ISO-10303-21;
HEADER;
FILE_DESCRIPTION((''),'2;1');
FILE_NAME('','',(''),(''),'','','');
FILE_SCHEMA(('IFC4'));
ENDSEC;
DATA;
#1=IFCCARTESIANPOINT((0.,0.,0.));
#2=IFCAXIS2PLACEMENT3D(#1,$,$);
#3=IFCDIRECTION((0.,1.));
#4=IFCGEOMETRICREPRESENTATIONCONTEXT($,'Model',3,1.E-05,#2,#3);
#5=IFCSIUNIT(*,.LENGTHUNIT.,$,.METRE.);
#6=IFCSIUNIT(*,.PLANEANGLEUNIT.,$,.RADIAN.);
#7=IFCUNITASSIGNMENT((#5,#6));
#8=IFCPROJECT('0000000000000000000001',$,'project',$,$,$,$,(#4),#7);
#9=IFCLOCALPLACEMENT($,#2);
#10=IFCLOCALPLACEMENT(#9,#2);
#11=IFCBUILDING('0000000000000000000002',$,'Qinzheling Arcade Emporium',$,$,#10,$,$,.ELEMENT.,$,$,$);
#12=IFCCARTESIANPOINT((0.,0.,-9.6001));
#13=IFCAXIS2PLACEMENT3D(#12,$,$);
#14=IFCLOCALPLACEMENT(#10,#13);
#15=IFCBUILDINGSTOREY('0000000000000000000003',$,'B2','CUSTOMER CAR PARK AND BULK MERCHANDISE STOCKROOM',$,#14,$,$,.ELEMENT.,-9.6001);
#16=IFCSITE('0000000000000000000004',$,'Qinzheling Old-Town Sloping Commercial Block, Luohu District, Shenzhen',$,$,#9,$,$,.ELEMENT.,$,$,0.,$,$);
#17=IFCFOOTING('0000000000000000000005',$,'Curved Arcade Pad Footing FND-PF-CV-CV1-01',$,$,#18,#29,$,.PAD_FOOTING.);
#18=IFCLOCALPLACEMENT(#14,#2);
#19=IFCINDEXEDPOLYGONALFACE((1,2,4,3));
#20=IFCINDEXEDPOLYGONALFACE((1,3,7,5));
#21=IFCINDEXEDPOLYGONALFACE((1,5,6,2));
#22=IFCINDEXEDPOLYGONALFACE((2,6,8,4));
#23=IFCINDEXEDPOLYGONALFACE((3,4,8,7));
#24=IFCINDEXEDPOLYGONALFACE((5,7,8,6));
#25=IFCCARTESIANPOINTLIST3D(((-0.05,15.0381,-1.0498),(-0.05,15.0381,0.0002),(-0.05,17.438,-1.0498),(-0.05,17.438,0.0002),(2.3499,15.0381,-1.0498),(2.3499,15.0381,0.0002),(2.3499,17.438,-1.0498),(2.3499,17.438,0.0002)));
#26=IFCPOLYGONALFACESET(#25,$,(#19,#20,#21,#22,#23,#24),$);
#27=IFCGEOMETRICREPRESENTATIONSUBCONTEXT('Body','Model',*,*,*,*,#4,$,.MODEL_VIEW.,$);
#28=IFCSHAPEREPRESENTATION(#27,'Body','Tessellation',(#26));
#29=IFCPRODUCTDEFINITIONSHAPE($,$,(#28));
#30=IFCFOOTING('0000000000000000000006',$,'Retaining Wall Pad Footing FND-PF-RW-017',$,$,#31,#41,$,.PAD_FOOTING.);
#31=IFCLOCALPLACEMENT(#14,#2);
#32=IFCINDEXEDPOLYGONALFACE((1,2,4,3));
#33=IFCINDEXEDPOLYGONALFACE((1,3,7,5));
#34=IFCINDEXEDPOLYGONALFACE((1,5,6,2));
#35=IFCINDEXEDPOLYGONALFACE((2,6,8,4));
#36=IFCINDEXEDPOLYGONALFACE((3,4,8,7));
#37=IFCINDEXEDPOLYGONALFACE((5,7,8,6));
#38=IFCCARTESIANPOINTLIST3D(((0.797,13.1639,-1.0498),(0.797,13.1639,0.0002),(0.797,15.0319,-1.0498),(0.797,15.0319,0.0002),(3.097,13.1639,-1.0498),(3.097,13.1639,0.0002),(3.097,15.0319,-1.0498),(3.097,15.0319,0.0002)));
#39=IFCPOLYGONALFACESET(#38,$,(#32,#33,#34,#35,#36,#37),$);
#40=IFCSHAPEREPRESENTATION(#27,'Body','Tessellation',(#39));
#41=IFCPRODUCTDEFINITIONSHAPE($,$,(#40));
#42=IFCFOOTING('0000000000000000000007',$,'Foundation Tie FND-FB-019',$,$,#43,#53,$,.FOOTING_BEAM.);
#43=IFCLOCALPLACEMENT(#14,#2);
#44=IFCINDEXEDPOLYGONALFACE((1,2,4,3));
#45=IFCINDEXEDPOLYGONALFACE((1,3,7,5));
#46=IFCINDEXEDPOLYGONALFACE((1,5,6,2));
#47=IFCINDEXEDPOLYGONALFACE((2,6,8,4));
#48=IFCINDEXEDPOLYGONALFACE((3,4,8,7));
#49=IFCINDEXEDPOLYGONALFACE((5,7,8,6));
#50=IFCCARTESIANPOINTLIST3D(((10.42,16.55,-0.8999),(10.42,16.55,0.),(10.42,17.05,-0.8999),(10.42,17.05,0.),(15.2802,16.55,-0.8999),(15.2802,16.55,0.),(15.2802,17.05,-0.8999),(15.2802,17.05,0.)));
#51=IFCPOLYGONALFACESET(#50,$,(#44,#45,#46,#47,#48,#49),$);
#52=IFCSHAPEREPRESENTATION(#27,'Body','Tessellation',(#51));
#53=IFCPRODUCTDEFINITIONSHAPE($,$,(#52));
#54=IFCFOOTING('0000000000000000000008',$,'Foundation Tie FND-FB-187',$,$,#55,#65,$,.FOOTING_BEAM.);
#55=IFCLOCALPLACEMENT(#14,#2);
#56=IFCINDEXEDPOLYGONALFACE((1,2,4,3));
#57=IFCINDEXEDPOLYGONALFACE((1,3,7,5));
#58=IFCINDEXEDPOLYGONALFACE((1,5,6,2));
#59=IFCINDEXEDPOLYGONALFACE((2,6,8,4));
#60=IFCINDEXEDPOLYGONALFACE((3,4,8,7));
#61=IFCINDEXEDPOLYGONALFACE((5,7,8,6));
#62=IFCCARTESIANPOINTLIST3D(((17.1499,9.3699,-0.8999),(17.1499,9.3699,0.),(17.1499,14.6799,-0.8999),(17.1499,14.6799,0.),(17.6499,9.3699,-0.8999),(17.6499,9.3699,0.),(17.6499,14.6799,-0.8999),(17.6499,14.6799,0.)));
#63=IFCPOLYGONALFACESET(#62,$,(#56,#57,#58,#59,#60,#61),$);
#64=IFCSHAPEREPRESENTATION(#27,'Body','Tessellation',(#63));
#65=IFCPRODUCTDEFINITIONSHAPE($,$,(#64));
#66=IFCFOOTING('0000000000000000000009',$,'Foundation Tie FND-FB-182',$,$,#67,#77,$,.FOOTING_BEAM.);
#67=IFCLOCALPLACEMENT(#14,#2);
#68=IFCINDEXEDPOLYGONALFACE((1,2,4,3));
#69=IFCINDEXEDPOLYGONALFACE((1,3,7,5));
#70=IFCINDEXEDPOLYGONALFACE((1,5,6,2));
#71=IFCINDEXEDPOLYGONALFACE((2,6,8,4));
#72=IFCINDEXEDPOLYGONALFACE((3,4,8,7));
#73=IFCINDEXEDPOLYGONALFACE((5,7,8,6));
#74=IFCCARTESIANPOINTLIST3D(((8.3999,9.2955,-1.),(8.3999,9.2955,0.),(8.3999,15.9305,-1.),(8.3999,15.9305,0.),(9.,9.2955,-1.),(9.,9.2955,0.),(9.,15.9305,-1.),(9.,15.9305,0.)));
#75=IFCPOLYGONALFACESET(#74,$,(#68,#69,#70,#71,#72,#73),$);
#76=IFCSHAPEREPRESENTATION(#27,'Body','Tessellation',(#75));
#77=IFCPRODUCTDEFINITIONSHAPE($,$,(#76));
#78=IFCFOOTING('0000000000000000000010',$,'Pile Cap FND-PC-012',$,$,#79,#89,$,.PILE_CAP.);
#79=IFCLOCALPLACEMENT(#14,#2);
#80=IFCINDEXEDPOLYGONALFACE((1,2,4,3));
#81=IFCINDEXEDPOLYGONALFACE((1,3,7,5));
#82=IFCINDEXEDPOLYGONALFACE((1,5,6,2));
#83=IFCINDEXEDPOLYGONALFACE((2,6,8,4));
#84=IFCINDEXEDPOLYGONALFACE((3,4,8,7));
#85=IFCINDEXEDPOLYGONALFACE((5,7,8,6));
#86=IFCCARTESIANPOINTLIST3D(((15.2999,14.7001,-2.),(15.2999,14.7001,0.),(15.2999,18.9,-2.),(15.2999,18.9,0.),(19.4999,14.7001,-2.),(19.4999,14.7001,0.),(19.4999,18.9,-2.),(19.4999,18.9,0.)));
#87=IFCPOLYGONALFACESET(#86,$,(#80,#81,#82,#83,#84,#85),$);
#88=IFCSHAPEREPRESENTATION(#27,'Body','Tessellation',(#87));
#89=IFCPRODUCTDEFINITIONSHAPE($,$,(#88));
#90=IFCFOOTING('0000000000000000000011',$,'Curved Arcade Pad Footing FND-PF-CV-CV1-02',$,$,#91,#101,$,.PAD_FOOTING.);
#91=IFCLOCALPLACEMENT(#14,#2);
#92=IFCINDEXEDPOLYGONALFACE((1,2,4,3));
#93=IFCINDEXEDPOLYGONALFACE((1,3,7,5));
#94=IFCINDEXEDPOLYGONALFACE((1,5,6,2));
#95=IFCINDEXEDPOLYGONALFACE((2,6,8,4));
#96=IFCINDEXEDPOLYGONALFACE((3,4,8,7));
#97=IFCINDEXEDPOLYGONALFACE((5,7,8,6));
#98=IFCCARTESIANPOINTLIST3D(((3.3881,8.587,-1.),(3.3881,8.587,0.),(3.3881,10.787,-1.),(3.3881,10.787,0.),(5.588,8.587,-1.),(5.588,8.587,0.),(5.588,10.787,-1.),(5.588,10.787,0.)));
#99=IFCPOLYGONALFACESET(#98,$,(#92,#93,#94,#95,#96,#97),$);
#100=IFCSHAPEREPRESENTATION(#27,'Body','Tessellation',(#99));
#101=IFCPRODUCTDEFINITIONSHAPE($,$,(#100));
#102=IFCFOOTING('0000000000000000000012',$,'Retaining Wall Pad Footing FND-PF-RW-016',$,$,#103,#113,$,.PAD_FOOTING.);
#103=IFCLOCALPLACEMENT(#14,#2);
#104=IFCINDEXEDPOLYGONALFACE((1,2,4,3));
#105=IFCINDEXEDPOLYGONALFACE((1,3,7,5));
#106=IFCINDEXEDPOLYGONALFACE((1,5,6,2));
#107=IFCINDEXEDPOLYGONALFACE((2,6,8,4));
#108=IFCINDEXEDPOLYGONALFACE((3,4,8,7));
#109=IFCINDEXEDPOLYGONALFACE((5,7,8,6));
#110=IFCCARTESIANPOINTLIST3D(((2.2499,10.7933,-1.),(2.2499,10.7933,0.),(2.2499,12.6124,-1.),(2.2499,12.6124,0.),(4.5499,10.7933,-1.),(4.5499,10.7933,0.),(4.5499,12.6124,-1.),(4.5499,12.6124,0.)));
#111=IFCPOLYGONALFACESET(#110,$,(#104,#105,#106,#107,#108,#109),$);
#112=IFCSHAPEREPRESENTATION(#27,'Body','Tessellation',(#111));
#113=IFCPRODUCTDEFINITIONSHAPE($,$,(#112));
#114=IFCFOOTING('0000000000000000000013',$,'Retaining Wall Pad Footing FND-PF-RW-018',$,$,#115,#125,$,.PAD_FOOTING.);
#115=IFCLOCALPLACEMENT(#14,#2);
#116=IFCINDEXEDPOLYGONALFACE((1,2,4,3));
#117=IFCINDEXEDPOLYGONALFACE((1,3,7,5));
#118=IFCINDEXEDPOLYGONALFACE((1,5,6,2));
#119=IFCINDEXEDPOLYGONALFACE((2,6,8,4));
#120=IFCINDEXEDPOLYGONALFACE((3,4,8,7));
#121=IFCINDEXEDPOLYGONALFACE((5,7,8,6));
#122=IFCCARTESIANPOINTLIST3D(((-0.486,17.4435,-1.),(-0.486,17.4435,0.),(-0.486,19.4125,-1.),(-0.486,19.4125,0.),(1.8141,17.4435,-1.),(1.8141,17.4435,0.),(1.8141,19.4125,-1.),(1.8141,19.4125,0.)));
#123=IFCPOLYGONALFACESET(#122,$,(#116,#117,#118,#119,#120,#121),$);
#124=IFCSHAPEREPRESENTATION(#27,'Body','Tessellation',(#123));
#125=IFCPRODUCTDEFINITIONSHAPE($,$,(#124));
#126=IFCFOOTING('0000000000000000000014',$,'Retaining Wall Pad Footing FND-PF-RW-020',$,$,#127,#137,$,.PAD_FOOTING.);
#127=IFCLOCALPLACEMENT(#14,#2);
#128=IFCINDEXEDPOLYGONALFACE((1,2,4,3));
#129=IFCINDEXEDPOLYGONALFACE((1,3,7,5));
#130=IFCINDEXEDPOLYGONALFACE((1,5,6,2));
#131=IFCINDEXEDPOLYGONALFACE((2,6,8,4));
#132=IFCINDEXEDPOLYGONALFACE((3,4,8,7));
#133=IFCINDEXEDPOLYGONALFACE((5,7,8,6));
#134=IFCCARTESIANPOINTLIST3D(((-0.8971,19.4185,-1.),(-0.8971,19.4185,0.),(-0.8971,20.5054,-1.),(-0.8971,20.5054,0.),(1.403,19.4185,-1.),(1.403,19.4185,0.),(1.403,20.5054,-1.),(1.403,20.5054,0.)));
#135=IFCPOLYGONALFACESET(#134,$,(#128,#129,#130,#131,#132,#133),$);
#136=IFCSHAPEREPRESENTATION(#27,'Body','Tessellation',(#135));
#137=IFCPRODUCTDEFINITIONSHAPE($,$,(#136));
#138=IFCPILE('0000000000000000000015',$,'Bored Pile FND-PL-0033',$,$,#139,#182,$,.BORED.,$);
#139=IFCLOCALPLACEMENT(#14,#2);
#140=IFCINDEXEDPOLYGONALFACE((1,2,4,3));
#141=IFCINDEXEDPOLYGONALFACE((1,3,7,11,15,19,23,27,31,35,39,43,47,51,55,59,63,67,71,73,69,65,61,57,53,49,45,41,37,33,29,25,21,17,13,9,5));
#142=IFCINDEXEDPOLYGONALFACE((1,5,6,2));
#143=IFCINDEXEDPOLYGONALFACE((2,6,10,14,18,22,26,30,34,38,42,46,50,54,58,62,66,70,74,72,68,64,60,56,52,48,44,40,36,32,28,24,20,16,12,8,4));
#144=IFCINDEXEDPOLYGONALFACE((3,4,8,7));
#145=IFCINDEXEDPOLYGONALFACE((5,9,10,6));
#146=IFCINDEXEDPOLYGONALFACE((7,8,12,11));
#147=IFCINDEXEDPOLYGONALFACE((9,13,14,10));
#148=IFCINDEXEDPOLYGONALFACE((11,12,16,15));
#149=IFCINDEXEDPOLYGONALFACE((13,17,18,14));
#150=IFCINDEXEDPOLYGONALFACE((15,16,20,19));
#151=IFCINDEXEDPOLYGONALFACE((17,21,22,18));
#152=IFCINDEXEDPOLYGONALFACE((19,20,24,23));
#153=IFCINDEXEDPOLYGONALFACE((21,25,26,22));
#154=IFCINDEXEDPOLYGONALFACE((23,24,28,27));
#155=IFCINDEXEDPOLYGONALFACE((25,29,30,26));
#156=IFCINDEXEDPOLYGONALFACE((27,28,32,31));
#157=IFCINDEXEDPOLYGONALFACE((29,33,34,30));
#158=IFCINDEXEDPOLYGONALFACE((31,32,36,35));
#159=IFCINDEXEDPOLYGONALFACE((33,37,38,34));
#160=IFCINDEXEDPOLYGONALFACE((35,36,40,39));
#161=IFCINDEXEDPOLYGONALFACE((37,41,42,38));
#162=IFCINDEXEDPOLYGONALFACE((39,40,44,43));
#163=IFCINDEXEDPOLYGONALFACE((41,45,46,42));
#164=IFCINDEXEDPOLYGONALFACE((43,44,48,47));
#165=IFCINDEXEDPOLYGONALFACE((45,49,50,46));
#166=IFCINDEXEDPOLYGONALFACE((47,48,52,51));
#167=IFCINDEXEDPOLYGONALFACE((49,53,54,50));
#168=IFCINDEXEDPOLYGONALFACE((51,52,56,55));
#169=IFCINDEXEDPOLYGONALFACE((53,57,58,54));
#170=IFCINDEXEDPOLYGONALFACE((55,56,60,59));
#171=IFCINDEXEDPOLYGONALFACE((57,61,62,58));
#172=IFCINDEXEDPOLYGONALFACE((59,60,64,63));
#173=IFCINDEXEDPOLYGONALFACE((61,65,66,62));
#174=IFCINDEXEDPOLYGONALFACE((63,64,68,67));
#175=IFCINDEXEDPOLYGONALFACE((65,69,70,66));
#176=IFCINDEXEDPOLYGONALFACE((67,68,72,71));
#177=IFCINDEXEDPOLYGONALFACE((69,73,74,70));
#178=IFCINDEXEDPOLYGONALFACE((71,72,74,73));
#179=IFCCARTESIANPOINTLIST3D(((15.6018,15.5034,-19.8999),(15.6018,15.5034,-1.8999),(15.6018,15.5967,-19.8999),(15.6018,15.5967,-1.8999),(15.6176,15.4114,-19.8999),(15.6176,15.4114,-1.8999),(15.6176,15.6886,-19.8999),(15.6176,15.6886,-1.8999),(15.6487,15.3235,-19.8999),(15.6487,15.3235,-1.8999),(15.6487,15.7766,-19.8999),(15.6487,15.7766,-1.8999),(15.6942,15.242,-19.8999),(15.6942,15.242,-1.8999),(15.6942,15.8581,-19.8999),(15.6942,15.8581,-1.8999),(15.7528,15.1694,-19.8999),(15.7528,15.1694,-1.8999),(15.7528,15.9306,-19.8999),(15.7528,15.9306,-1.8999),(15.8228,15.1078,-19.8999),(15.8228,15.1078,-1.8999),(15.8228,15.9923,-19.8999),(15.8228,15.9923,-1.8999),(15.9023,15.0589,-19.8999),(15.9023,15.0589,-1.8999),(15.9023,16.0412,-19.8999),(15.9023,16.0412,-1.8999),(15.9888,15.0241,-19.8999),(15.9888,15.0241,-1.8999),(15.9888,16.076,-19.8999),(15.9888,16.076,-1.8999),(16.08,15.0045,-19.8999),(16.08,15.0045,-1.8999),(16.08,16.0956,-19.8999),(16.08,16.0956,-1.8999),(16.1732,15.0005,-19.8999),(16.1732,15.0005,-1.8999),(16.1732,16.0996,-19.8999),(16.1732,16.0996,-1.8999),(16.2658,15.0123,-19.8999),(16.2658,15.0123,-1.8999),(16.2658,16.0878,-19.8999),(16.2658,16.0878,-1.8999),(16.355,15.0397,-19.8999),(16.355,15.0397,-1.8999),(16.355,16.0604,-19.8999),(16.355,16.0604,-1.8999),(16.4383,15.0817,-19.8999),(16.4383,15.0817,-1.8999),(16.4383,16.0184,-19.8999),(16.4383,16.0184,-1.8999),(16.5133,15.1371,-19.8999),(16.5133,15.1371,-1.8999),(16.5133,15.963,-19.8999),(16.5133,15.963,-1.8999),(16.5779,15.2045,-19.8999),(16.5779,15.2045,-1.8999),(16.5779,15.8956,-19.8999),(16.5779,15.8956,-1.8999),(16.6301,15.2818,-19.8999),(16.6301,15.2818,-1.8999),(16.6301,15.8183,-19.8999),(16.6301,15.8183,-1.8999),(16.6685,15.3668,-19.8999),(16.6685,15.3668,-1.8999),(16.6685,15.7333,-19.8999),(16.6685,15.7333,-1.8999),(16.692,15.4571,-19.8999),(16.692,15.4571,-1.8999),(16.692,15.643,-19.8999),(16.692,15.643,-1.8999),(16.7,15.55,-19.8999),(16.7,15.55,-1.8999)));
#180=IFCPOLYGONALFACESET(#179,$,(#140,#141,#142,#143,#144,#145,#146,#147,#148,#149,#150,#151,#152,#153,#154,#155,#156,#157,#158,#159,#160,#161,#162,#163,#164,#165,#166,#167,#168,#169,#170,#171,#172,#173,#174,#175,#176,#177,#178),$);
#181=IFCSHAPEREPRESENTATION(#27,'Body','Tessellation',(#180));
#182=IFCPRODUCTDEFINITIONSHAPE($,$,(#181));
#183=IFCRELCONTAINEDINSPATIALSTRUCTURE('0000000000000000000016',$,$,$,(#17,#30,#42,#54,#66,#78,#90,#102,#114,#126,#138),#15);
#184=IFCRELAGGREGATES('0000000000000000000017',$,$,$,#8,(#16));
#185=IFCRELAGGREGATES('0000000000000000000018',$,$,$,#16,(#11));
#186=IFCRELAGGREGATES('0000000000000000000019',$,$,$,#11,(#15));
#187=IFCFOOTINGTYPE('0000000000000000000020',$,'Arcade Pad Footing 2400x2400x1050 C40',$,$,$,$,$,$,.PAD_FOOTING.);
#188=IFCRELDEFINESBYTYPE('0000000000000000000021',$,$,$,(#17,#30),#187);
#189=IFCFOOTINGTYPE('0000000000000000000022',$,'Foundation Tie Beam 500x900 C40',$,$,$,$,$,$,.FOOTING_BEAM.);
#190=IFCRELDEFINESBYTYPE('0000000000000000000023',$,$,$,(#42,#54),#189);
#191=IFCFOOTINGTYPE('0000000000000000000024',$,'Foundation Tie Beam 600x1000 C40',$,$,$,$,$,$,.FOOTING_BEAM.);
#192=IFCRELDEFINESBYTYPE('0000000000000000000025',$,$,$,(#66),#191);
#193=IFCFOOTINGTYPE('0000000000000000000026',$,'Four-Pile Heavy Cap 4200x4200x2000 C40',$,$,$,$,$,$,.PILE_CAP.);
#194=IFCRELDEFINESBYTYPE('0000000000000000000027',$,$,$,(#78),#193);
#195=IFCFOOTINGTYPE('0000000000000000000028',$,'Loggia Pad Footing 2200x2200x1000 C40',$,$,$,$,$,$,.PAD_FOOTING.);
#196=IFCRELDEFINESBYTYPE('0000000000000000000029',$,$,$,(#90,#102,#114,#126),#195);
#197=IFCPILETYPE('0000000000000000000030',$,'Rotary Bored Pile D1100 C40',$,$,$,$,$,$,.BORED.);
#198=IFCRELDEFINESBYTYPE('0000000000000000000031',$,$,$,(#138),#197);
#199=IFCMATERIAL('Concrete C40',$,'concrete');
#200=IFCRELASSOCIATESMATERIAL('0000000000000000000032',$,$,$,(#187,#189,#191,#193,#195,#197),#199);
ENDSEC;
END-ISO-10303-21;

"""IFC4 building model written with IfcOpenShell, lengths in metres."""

from ifc_helpers import new_model, si_unit, direction, frame, origin, origin_2d, place, context, subcontext, project, spatial, rectangle, circle, extrude, material, material_profile, profile_set, type_object, element, save


model = new_model("IFC4")

# Units and contexts
model_context = context("Model", 3, precision=1e-05, world=origin(), true_north=direction((0.0, 1.0)))
body_context = subcontext(model_context, "Body", "Model", "MODEL_VIEW")
ifc_project = project(units=[si_unit("LENGTHUNIT", "METRE"), si_unit("PLANEANGLEUNIT", "RADIAN")], contexts=[model_context])

# Site, building, storey
site_placement = place(None, origin())
site = spatial("IfcSite", under=ifc_project, at=site_placement, Name="Qinzheling Old-Town Sloping Commercial Block, Luohu District, Shenzhen", CompositionType="ELEMENT", RefElevation=0.0)
building_placement = place(site_placement, origin())
building = spatial("IfcBuilding", under=site, at=building_placement, Name="Qinzheling Arcade Emporium", CompositionType="ELEMENT")
storey_placement = place(building_placement, frame((0.0, 0.0, -9.6001)))
storey = spatial("IfcBuildingStorey", under=building, at=storey_placement, Name="B2", Description="CUSTOMER CAR PARK AND BULK MERCHANDISE STOCKROOM", CompositionType="ELEMENT", Elevation=-9.6001)

# Footings
ifc_material_1 = material(Name="Concrete C40", Category="concrete")
footing_type_1 = type_object("IfcFootingType", Name="Arcade Pad Footing 2400x2400x1050 C40", PredefinedType="PAD_FOOTING", material=ifc_material_1)
footing_1_placement = place(storey_placement, frame((1.1499, 16.238, -1.0498), z_axis=(0.0, 0.0, 1.0), x_axis=(1.0, 0.0, 0.0)))
element("IfcFooting", 1, at=footing_1_placement, inside=storey, type_object=footing_type_1, Name="Curved Arcade Pad Footing FND-PF-CV-CV1-01", PredefinedType="PAD_FOOTING", context=body_context, shape_type="SweptSolid", body=[
    extrude(rectangle(XDim=2.3999, YDim=2.3999, at=origin_2d()), origin(), (0.0, 0.0, 1.0), 1.05),
])
footing_2_placement = place(storey_placement, frame((1.947, 14.0979, -1.0498), z_axis=(0.0, 0.0, 1.0), x_axis=(1.0, 0.0, 0.0)))
element("IfcFooting", 2, at=footing_2_placement, inside=storey, type_object=footing_type_1, Name="Retaining Wall Pad Footing FND-PF-RW-017", PredefinedType="PAD_FOOTING", context=body_context, shape_type="SweptSolid", body=[
    extrude(rectangle(XDim=2.3, YDim=1.8679, at=origin_2d()), origin(), (0.0, 0.0, 1.0), 1.05),
])
footing_type_2 = type_object("IfcFootingType", Name="Foundation Tie Beam 500x900 C40", PredefinedType="FOOTING_BEAM", material=ifc_material_1)
footing_3_placement = place(storey_placement, frame((12.8501, 16.8, -0.8999), z_axis=(0.0, 0.0, 1.0), x_axis=(1.0, 0.0, 0.0)))
element("IfcFooting", 3, at=footing_3_placement, inside=storey, type_object=footing_type_2, Name="Foundation Tie FND-FB-019", PredefinedType="FOOTING_BEAM", context=body_context, shape_type="SweptSolid", body=[
    extrude(rectangle(XDim=4.8601, YDim=0.5, at=origin_2d()), origin(), (0.0, 0.0, 1.0), 0.8999),
])
footing_4_placement = place(storey_placement, frame((17.3999, 12.0249, -0.8999), z_axis=(0.0, 0.0, 1.0), x_axis=(1.0, 0.0, 0.0)))
element("IfcFooting", 4, at=footing_4_placement, inside=storey, type_object=footing_type_2, Name="Foundation Tie FND-FB-187", PredefinedType="FOOTING_BEAM", context=body_context, shape_type="SweptSolid", body=[
    extrude(rectangle(XDim=0.5, YDim=5.3101, at=origin_2d()), origin(), (0.0, 0.0, 1.0), 0.8999),
])
footing_type_3 = type_object("IfcFootingType", Name="Foundation Tie Beam 600x1000 C40", PredefinedType="FOOTING_BEAM", material=ifc_material_1)
footing_5_placement = place(storey_placement, frame((8.7, 12.613, -1.0), z_axis=(0.0, 0.0, 1.0), x_axis=(1.0, 0.0, 0.0)))
element("IfcFooting", 5, at=footing_5_placement, inside=storey, type_object=footing_type_3, Name="Foundation Tie FND-FB-182", PredefinedType="FOOTING_BEAM", context=body_context, shape_type="SweptSolid", body=[
    extrude(rectangle(XDim=0.6001, YDim=6.635, at=origin_2d()), origin(), (0.0, 0.0, 1.0), 1.0),
])
footing_type_4 = type_object("IfcFootingType", Name="Four-Pile Heavy Cap 4200x4200x2000 C40", PredefinedType="PILE_CAP", material=ifc_material_1)
footing_6_placement = place(storey_placement, frame((17.3999, 16.8, -2.0), z_axis=(0.0, 0.0, 1.0), x_axis=(1.0, 0.0, 0.0)))
element("IfcFooting", 6, at=footing_6_placement, inside=storey, type_object=footing_type_4, Name="Pile Cap FND-PC-012", PredefinedType="PILE_CAP", context=body_context, shape_type="SweptSolid", body=[
    extrude(rectangle(XDim=4.2, YDim=4.2, at=origin_2d()), origin(), (0.0, 0.0, 1.0), 2.0),
])
footing_type_5 = type_object("IfcFootingType", Name="Loggia Pad Footing 2200x2200x1000 C40", PredefinedType="PAD_FOOTING", material=ifc_material_1)
footing_7_placement = place(storey_placement, frame((4.488, 9.687, -1.0), z_axis=(0.0, 0.0, 1.0), x_axis=(1.0, 0.0, 0.0)))
element("IfcFooting", 7, at=footing_7_placement, inside=storey, type_object=footing_type_5, Name="Curved Arcade Pad Footing FND-PF-CV-CV1-02", PredefinedType="PAD_FOOTING", context=body_context, shape_type="SweptSolid", body=[
    extrude(rectangle(XDim=2.2, YDim=2.2, at=origin_2d()), origin(), (0.0, 0.0, 1.0), 1.0),
])
footing_8_placement = place(storey_placement, frame((3.3999, 11.7029, -1.0), z_axis=(0.0, 0.0, 1.0), x_axis=(1.0, 0.0, 0.0)))
element("IfcFooting", 8, at=footing_8_placement, inside=storey, type_object=footing_type_5, Name="Retaining Wall Pad Footing FND-PF-RW-016", PredefinedType="PAD_FOOTING", context=body_context, shape_type="SweptSolid", body=[
    extrude(rectangle(XDim=2.3, YDim=1.8191, at=origin_2d()), origin(), (0.0, 0.0, 1.0), 1.0),
])
footing_9_placement = place(storey_placement, frame((0.6641, 18.428, -1.0), z_axis=(0.0, 0.0, 1.0), x_axis=(1.0, 0.0, 0.0)))
element("IfcFooting", 9, at=footing_9_placement, inside=storey, type_object=footing_type_5, Name="Retaining Wall Pad Footing FND-PF-RW-018", PredefinedType="PAD_FOOTING", context=body_context, shape_type="SweptSolid", body=[
    extrude(rectangle(XDim=2.3, YDim=1.969, at=origin_2d()), origin(), (0.0, 0.0, 1.0), 1.0),
])
footing_10_placement = place(storey_placement, frame((0.2529, 19.9619, -1.0), z_axis=(0.0, 0.0, 1.0), x_axis=(1.0, 0.0, 0.0)))
element("IfcFooting", 10, at=footing_10_placement, inside=storey, type_object=footing_type_5, Name="Retaining Wall Pad Footing FND-PF-RW-020", PredefinedType="PAD_FOOTING", context=body_context, shape_type="SweptSolid", body=[
    extrude(rectangle(XDim=2.3, YDim=1.0869, at=origin_2d()), origin(), (0.0, 0.0, 1.0), 1.0),
])

# Pile
ifc_material_profile_1 = material_profile(ifc_material_1, circle(Radius=0.55, at=origin_2d()), Name="BORED D1100", Category="concrete")
ifc_profile_set_1 = profile_set([ifc_material_profile_1], Name="Concrete C40")
pile_type_1 = type_object("IfcPileType", Name="Rotary Bored Pile D1100 C40", PredefinedType="BORED", material=ifc_profile_set_1)
for number, where, z_axis, x_axis, name in (
    (11, (16.1499, 15.55, -1.8999), (0.0, 0.0, -1.0), (1.0, 0.0, 0.0), "Bored Pile FND-PL-0033"),
):
    element("IfcPile", number, at=place(storey_placement, frame(where, z_axis=z_axis, x_axis=x_axis)), inside=storey, type_object=pile_type_1, Name=name, PredefinedType="BORED", context=body_context, shape_type="SweptSolid", body=[
        extrude(circle(Radius=0.55, at=origin_2d()), origin(), (0.0, 0.0, 1.0), 18.0),
    ])

save(model, "model.ifc")
